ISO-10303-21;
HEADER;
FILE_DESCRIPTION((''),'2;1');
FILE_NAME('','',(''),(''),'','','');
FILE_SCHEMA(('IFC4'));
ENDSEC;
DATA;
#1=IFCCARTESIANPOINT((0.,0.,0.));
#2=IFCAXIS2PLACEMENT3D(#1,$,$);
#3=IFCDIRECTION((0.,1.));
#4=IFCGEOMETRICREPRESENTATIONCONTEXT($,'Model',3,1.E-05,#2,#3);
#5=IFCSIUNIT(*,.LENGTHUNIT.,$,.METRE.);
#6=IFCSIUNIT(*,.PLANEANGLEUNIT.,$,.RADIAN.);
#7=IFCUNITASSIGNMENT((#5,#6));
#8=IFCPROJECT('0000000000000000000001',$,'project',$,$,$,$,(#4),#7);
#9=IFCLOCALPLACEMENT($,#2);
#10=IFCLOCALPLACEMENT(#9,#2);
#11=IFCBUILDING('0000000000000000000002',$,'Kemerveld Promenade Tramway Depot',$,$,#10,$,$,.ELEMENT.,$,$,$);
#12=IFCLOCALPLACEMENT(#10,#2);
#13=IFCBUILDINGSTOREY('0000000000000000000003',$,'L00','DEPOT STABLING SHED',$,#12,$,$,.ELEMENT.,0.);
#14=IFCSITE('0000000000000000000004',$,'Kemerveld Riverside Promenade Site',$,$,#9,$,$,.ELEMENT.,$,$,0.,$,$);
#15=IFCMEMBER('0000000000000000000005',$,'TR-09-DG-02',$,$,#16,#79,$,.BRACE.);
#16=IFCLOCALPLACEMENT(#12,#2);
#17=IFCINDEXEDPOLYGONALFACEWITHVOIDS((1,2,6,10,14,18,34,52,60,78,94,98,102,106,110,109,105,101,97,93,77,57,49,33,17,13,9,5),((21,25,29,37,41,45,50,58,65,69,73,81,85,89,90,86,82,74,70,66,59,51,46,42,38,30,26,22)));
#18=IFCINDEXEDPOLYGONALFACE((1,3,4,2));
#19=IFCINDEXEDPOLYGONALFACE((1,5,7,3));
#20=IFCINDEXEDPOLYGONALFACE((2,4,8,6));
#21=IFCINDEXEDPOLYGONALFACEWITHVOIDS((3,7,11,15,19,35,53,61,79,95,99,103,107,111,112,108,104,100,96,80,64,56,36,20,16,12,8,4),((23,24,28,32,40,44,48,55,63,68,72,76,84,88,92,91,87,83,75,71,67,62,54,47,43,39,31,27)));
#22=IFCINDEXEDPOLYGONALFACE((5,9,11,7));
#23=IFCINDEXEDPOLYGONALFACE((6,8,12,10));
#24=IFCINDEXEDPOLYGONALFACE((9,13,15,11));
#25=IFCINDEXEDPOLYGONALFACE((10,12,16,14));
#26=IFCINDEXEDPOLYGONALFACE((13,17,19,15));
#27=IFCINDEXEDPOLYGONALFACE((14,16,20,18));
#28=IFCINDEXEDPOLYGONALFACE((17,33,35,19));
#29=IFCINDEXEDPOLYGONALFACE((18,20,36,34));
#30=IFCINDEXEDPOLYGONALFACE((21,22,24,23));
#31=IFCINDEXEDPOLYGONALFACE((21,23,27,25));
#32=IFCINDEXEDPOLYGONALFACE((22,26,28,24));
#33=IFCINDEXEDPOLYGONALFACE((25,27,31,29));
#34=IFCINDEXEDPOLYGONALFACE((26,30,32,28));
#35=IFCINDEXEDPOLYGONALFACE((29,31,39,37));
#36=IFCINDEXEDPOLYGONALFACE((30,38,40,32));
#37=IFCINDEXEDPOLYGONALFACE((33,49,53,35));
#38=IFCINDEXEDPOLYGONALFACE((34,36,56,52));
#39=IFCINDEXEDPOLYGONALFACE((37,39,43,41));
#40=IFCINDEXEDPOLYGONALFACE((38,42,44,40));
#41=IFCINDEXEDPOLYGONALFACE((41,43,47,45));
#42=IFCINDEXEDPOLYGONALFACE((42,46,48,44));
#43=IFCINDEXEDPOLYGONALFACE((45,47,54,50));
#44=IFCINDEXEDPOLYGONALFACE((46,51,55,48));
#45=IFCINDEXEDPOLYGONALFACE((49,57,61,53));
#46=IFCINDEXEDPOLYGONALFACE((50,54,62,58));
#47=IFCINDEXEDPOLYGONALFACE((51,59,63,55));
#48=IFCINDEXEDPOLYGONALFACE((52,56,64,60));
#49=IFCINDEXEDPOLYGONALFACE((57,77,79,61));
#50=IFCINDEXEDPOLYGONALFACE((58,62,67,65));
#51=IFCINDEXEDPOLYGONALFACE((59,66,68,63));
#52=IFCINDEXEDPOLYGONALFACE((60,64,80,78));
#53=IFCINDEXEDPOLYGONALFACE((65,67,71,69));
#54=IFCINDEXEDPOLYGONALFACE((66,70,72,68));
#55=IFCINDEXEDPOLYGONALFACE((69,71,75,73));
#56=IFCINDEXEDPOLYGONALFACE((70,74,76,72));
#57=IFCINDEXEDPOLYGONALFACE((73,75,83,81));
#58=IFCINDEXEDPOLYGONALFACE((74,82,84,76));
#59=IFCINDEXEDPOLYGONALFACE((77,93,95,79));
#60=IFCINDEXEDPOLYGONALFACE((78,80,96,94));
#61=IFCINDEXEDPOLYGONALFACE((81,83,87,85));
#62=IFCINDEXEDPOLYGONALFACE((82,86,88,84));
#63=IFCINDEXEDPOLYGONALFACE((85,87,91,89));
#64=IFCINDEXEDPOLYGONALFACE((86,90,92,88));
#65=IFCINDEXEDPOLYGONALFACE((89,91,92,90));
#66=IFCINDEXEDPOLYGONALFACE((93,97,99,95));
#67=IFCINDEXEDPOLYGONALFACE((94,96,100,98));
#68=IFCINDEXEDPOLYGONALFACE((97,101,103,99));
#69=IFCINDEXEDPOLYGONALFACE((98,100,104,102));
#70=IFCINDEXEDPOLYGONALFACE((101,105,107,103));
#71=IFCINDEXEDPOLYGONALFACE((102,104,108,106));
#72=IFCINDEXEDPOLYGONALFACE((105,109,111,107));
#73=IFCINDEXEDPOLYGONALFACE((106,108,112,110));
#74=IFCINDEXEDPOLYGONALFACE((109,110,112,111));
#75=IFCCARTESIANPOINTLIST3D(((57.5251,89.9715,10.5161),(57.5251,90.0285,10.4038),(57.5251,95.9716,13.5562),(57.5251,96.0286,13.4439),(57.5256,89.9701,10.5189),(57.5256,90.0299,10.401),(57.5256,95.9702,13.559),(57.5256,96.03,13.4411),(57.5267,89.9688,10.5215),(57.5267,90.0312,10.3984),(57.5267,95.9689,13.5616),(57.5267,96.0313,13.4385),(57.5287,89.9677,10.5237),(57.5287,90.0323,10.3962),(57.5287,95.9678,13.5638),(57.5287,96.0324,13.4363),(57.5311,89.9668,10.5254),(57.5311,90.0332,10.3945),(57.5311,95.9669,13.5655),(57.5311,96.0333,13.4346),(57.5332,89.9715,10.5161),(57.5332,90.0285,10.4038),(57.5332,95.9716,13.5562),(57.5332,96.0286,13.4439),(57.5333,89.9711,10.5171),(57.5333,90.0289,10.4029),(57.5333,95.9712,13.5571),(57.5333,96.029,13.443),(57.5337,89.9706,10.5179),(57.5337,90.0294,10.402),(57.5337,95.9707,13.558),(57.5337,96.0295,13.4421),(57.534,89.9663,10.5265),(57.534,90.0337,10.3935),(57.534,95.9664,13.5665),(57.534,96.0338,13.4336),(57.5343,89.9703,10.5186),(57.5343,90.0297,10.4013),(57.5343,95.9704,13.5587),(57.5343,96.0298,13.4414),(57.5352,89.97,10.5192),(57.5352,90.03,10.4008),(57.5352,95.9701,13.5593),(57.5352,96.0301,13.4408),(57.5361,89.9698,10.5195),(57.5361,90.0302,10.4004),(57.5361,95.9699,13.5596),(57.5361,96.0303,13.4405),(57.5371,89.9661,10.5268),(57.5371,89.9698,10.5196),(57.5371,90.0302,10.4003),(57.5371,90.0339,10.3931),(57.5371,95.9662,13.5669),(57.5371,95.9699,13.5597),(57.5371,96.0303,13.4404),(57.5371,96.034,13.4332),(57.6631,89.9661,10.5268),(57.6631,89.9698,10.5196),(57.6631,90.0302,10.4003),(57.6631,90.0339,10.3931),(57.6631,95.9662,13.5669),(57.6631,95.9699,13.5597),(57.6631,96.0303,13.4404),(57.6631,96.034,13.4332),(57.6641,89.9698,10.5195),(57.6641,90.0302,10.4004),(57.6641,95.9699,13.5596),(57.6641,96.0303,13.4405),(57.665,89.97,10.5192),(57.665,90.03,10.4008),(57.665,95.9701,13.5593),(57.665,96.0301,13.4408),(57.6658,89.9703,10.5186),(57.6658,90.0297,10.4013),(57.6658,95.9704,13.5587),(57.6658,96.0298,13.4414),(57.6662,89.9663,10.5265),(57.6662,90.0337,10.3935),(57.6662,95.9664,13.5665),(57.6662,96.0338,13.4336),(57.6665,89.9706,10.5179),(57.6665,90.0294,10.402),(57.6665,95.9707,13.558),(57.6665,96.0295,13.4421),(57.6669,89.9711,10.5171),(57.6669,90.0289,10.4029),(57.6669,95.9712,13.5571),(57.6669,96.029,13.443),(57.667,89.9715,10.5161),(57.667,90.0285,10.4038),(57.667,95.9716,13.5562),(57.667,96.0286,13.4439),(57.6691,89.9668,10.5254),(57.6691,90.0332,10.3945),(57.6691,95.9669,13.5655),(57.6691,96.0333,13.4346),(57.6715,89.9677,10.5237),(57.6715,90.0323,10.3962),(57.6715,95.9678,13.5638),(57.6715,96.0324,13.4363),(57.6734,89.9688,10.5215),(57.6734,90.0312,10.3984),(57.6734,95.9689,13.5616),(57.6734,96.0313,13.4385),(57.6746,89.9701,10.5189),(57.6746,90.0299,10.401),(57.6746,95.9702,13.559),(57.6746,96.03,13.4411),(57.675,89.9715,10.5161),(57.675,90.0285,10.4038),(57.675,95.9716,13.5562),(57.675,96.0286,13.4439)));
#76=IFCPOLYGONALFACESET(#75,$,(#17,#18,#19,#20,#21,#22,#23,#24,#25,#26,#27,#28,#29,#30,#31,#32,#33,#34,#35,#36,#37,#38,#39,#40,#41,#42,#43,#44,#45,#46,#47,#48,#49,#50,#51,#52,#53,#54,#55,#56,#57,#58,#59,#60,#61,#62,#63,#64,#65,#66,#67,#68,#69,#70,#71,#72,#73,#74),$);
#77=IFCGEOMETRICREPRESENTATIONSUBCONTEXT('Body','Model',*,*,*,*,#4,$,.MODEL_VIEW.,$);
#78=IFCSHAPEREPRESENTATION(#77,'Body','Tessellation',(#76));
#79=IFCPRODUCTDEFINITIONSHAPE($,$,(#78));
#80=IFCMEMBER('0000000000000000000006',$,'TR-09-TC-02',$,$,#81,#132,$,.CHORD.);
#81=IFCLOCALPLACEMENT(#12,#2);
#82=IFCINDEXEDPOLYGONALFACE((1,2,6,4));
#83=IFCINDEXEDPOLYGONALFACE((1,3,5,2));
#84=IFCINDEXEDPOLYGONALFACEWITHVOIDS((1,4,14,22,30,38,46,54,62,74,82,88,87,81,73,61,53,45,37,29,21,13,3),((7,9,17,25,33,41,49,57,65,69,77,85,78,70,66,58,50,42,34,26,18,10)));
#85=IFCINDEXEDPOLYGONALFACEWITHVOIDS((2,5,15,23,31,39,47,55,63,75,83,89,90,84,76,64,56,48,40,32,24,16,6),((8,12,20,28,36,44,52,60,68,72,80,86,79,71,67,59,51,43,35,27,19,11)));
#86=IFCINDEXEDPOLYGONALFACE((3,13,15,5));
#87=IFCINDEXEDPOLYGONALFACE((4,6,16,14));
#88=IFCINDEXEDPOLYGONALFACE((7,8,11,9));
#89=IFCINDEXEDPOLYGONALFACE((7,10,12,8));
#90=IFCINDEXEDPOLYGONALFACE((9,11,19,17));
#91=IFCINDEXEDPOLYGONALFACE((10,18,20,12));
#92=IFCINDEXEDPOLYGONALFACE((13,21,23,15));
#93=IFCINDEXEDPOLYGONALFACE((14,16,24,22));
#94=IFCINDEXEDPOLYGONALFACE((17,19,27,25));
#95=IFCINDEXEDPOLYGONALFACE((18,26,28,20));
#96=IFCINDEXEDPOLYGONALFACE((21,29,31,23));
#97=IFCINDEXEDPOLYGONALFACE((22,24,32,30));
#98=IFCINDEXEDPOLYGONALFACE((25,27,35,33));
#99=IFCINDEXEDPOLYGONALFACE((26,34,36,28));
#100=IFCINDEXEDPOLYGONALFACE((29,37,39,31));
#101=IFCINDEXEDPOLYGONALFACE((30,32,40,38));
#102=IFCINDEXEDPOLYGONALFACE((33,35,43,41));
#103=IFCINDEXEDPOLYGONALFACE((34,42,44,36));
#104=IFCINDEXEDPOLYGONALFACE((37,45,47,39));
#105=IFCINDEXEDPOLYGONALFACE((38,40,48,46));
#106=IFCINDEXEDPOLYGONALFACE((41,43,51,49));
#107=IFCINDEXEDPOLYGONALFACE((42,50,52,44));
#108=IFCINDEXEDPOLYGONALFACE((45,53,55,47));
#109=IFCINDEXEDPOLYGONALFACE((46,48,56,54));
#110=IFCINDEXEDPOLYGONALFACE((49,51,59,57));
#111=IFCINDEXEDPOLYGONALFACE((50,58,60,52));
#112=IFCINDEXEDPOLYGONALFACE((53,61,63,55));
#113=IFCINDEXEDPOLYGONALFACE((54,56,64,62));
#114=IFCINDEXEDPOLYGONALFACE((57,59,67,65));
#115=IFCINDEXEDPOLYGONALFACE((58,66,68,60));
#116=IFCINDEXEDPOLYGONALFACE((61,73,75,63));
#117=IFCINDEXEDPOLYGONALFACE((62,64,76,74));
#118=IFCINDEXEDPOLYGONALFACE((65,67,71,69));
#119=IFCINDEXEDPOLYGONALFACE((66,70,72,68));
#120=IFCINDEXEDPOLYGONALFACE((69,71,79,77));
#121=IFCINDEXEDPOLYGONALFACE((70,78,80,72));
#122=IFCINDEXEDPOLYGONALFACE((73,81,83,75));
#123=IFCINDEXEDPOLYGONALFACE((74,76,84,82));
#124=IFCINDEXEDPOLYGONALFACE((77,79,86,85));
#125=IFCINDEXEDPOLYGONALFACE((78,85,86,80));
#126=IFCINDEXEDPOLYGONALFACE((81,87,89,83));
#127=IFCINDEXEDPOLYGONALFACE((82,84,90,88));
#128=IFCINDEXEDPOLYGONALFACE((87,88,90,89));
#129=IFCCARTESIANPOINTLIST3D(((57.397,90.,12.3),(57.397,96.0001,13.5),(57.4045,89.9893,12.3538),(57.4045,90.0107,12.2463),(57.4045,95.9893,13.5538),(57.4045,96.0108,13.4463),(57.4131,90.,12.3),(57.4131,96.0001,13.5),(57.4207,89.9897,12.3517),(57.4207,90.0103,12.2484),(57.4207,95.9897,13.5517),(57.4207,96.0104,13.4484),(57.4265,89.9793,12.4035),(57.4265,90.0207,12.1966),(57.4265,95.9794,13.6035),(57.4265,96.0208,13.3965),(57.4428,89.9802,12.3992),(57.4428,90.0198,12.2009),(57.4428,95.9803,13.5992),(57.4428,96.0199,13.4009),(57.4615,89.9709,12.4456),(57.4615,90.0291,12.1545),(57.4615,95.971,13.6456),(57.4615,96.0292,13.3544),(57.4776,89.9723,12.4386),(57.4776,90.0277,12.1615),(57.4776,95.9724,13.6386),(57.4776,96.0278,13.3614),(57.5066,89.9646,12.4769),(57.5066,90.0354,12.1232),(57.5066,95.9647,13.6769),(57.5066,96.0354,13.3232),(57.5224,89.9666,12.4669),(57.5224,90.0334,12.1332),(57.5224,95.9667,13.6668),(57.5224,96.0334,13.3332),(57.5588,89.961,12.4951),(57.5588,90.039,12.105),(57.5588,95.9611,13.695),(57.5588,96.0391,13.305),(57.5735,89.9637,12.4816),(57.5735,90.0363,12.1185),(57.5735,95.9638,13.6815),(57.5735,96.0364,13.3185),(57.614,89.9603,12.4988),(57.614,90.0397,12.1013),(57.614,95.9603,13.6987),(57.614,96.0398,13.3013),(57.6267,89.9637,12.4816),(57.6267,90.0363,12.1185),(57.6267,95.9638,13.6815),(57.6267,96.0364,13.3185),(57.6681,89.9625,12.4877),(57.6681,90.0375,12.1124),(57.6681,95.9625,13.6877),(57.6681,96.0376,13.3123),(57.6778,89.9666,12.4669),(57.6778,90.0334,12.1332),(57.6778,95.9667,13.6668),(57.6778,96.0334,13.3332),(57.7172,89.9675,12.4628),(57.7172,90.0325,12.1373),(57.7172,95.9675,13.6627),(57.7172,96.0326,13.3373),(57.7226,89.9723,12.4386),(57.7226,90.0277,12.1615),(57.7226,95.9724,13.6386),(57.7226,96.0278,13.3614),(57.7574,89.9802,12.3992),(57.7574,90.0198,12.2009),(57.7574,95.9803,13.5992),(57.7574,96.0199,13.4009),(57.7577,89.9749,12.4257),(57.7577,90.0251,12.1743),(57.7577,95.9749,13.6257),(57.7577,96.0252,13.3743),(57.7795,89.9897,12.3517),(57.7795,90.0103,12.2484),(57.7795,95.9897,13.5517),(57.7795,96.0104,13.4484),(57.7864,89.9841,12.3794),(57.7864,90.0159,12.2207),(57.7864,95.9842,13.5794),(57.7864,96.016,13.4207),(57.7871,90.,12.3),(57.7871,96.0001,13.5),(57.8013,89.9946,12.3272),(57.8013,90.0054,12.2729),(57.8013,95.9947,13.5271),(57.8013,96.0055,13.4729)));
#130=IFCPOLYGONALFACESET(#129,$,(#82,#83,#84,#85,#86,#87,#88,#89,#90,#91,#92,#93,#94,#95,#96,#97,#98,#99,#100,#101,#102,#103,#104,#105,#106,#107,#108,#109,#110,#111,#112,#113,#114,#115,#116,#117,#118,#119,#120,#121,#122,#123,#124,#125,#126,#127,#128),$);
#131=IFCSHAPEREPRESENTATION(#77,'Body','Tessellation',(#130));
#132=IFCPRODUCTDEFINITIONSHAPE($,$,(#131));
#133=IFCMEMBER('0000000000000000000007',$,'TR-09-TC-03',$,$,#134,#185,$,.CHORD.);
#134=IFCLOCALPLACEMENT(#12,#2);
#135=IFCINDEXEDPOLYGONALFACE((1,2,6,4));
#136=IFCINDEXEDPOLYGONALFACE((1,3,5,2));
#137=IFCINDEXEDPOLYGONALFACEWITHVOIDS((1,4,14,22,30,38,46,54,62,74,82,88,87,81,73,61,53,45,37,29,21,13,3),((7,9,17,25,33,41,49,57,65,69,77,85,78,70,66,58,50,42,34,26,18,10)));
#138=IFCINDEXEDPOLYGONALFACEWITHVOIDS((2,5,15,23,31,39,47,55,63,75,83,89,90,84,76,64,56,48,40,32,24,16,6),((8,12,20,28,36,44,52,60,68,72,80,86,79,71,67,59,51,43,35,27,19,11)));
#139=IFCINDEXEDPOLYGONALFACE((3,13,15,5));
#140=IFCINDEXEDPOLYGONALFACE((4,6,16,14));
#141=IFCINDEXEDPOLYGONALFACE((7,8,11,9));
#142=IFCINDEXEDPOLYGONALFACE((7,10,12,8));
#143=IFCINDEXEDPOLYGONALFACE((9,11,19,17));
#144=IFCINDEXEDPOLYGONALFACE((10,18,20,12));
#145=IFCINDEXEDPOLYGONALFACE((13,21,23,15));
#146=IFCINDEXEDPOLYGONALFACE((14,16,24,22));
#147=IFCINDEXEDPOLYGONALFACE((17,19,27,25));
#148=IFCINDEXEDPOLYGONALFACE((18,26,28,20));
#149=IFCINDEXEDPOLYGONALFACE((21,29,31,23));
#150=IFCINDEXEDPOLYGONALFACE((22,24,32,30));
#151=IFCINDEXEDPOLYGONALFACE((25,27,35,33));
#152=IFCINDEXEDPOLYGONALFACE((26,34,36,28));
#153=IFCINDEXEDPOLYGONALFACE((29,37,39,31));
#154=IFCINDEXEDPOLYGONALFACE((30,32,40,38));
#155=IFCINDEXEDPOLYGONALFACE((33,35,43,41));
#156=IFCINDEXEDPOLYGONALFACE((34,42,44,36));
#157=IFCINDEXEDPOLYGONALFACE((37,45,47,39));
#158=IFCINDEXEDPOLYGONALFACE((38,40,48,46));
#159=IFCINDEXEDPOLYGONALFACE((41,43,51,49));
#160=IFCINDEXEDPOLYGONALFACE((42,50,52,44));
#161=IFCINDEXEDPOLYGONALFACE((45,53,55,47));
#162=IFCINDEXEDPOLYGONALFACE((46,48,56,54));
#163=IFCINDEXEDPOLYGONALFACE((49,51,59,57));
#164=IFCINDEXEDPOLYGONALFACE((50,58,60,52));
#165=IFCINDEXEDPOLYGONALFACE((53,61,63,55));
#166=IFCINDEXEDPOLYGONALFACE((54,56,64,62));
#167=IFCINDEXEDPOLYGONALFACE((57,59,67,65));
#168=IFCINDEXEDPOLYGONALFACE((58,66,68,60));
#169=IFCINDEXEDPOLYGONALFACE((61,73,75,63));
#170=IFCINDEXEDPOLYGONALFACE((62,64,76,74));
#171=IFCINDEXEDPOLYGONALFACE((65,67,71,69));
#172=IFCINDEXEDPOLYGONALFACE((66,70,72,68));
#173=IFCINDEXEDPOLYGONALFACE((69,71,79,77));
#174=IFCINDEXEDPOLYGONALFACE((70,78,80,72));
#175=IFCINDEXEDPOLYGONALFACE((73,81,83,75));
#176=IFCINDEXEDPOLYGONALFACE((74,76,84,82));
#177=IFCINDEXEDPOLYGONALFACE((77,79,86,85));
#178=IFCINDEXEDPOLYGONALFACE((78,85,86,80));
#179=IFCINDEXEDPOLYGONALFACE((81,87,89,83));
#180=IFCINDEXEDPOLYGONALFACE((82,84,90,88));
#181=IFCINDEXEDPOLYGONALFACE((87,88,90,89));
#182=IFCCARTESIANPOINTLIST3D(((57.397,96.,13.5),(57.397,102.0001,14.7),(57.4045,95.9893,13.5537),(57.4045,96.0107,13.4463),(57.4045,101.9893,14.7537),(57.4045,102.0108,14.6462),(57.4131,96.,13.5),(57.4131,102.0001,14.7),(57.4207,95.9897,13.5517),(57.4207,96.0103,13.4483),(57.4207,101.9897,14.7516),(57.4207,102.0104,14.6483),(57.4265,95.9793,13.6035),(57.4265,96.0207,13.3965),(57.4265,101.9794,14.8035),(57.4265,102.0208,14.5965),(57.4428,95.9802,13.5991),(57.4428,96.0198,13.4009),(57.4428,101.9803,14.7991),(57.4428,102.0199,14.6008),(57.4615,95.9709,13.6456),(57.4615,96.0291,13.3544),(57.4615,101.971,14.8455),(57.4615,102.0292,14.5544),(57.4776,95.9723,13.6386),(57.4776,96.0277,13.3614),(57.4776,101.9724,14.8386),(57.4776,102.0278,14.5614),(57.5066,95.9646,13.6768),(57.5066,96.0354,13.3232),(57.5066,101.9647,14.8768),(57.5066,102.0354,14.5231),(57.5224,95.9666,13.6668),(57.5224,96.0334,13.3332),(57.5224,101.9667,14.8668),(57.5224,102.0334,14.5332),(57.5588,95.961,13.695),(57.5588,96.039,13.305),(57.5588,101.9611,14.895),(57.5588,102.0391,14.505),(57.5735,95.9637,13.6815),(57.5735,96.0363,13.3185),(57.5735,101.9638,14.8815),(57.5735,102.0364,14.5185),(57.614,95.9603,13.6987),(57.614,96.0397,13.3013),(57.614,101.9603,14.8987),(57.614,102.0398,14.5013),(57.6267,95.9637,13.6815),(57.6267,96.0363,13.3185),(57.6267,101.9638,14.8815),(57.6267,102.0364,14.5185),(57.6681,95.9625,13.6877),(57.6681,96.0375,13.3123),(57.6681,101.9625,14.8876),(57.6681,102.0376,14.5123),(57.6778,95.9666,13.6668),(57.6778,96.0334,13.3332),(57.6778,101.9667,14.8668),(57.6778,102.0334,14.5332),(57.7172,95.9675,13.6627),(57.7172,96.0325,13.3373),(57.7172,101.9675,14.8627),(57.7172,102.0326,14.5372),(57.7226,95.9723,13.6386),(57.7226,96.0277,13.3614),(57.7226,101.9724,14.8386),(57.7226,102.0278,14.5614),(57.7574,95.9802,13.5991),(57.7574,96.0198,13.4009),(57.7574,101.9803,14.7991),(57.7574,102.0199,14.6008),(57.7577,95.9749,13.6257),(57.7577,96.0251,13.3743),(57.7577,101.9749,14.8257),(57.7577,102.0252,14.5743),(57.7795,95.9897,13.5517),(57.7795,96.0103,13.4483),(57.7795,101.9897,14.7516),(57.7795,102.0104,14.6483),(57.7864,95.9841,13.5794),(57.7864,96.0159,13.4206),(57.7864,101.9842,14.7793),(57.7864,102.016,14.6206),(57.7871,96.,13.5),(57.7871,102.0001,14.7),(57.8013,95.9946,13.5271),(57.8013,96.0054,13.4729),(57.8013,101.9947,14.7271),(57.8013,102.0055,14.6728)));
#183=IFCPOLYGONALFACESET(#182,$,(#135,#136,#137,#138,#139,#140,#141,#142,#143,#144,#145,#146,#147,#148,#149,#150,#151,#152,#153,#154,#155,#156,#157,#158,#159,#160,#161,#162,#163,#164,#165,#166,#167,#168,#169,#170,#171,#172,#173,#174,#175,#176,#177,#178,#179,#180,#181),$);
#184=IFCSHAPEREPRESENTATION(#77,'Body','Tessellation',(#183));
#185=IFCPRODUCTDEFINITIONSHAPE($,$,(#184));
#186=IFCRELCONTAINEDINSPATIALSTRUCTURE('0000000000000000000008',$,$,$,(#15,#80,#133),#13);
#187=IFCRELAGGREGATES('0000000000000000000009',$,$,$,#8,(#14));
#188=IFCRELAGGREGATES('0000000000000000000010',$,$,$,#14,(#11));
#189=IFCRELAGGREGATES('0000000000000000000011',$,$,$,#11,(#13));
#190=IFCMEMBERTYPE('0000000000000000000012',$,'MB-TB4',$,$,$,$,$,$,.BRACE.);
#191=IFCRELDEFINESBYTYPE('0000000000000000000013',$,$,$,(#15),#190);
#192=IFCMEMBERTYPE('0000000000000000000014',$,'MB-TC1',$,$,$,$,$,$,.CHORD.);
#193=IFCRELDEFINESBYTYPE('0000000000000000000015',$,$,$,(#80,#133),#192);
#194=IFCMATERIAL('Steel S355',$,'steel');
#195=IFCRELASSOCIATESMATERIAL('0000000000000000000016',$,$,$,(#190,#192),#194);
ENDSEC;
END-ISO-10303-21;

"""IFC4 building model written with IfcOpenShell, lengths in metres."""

from ifc_helpers import new_model, si_unit, direction, frame, origin, origin_2d, place, context, subcontext, project, spatial, hollow_rectangle, hollow_circle, extrude, material, material_profile, profile_set, type_object, element, save


model = new_model("IFC4")

# Units and contexts
model_context = context("Model", 3, precision=1e-05, world=origin(), true_north=direction((0.0, 1.0)))
body_context = subcontext(model_context, "Body", "Model", "MODEL_VIEW")
ifc_project = project(units=[si_unit("LENGTHUNIT", "METRE"), si_unit("PLANEANGLEUNIT", "RADIAN")], contexts=[model_context])

# Site, building, storey
site_placement = place(None, origin())
site = spatial("IfcSite", under=ifc_project, at=site_placement, Name="Kemerveld Riverside Promenade Site", CompositionType="ELEMENT", RefElevation=0.0)
building_placement = place(site_placement, origin())
building = spatial("IfcBuilding", under=site, at=building_placement, Name="Kemerveld Promenade Tramway Depot", CompositionType="ELEMENT")
storey_placement = place(building_placement, origin())
storey = spatial("IfcBuildingStorey", under=building, at=storey_placement, Name="L00", Description="DEPOT STABLING SHED", CompositionType="ELEMENT", Elevation=0.0)

# Members
ifc_material_1 = material(Name="Steel S355", Category="steel")
ifc_material_profile_1 = material_profile(ifc_material_1, hollow_rectangle(XDim=0.1499, YDim=0.1499, WallThickness=0.0081, InnerFilletRadius=0.0039, OuterFilletRadius=0.012, at=origin_2d()), Name="150x150x8.0 SHS")
ifc_profile_set_1 = profile_set([ifc_material_profile_1], Name="Steel S355")
member_type_1 = type_object("IfcMemberType", Name="MB-TB4", PredefinedType="BRACE", material=ifc_profile_set_1)
member_1_placement = place(storey_placement, frame((57.6001, 90.0, 10.46), z_axis=(0.0, 0.892033, 0.451969), x_axis=(-1.0, 0.0, 0.0)))
element("IfcMember", 1, at=member_1_placement, inside=storey, type_object=member_type_1, Name="TR-09-DG-02", PredefinedType="BRACE", context=body_context, shape_type="SweptSolid", body=[
    extrude(hollow_rectangle(XDim=0.1499, YDim=0.1499, WallThickness=0.0081, InnerFilletRadius=0.0039, OuterFilletRadius=0.012, at=origin_2d()), origin(), (0.0, 0.0, 1.0), 6.7263),
])
ifc_material_profile_2 = material_profile(ifc_material_1, hollow_circle(Radius=0.2031, WallThickness=0.0161, at=origin_2d()), Name="406.4x16.0 CHS")
ifc_profile_set_2 = profile_set([ifc_material_profile_2], Name="Steel S355")
member_type_2 = type_object("IfcMemberType", Name="MB-TC1", PredefinedType="CHORD", material=ifc_profile_set_2)
for number, where, z_axis, x_axis, name in (
    (2, (57.6001, 90.0, 12.3), (0.0, 0.980582, 0.196108), (-1.0, 0.0, 0.0), "TR-09-TC-02"),
    (3, (57.6001, 96.0, 13.5), (0.0, 0.980582, 0.196108), (-1.0, 0.0, 0.0), "TR-09-TC-03"),
):
    element("IfcMember", number, at=place(storey_placement, frame(where, z_axis=z_axis, x_axis=x_axis)), inside=storey, type_object=member_type_2, Name=name, PredefinedType="CHORD", context=body_context, shape_type="SweptSolid", body=[
        extrude(hollow_circle(Radius=0.2031, WallThickness=0.0161, at=origin_2d()), origin(), (0.0, 0.0, 1.0), 6.1189),
    ])

save(model, "model.ifc")
